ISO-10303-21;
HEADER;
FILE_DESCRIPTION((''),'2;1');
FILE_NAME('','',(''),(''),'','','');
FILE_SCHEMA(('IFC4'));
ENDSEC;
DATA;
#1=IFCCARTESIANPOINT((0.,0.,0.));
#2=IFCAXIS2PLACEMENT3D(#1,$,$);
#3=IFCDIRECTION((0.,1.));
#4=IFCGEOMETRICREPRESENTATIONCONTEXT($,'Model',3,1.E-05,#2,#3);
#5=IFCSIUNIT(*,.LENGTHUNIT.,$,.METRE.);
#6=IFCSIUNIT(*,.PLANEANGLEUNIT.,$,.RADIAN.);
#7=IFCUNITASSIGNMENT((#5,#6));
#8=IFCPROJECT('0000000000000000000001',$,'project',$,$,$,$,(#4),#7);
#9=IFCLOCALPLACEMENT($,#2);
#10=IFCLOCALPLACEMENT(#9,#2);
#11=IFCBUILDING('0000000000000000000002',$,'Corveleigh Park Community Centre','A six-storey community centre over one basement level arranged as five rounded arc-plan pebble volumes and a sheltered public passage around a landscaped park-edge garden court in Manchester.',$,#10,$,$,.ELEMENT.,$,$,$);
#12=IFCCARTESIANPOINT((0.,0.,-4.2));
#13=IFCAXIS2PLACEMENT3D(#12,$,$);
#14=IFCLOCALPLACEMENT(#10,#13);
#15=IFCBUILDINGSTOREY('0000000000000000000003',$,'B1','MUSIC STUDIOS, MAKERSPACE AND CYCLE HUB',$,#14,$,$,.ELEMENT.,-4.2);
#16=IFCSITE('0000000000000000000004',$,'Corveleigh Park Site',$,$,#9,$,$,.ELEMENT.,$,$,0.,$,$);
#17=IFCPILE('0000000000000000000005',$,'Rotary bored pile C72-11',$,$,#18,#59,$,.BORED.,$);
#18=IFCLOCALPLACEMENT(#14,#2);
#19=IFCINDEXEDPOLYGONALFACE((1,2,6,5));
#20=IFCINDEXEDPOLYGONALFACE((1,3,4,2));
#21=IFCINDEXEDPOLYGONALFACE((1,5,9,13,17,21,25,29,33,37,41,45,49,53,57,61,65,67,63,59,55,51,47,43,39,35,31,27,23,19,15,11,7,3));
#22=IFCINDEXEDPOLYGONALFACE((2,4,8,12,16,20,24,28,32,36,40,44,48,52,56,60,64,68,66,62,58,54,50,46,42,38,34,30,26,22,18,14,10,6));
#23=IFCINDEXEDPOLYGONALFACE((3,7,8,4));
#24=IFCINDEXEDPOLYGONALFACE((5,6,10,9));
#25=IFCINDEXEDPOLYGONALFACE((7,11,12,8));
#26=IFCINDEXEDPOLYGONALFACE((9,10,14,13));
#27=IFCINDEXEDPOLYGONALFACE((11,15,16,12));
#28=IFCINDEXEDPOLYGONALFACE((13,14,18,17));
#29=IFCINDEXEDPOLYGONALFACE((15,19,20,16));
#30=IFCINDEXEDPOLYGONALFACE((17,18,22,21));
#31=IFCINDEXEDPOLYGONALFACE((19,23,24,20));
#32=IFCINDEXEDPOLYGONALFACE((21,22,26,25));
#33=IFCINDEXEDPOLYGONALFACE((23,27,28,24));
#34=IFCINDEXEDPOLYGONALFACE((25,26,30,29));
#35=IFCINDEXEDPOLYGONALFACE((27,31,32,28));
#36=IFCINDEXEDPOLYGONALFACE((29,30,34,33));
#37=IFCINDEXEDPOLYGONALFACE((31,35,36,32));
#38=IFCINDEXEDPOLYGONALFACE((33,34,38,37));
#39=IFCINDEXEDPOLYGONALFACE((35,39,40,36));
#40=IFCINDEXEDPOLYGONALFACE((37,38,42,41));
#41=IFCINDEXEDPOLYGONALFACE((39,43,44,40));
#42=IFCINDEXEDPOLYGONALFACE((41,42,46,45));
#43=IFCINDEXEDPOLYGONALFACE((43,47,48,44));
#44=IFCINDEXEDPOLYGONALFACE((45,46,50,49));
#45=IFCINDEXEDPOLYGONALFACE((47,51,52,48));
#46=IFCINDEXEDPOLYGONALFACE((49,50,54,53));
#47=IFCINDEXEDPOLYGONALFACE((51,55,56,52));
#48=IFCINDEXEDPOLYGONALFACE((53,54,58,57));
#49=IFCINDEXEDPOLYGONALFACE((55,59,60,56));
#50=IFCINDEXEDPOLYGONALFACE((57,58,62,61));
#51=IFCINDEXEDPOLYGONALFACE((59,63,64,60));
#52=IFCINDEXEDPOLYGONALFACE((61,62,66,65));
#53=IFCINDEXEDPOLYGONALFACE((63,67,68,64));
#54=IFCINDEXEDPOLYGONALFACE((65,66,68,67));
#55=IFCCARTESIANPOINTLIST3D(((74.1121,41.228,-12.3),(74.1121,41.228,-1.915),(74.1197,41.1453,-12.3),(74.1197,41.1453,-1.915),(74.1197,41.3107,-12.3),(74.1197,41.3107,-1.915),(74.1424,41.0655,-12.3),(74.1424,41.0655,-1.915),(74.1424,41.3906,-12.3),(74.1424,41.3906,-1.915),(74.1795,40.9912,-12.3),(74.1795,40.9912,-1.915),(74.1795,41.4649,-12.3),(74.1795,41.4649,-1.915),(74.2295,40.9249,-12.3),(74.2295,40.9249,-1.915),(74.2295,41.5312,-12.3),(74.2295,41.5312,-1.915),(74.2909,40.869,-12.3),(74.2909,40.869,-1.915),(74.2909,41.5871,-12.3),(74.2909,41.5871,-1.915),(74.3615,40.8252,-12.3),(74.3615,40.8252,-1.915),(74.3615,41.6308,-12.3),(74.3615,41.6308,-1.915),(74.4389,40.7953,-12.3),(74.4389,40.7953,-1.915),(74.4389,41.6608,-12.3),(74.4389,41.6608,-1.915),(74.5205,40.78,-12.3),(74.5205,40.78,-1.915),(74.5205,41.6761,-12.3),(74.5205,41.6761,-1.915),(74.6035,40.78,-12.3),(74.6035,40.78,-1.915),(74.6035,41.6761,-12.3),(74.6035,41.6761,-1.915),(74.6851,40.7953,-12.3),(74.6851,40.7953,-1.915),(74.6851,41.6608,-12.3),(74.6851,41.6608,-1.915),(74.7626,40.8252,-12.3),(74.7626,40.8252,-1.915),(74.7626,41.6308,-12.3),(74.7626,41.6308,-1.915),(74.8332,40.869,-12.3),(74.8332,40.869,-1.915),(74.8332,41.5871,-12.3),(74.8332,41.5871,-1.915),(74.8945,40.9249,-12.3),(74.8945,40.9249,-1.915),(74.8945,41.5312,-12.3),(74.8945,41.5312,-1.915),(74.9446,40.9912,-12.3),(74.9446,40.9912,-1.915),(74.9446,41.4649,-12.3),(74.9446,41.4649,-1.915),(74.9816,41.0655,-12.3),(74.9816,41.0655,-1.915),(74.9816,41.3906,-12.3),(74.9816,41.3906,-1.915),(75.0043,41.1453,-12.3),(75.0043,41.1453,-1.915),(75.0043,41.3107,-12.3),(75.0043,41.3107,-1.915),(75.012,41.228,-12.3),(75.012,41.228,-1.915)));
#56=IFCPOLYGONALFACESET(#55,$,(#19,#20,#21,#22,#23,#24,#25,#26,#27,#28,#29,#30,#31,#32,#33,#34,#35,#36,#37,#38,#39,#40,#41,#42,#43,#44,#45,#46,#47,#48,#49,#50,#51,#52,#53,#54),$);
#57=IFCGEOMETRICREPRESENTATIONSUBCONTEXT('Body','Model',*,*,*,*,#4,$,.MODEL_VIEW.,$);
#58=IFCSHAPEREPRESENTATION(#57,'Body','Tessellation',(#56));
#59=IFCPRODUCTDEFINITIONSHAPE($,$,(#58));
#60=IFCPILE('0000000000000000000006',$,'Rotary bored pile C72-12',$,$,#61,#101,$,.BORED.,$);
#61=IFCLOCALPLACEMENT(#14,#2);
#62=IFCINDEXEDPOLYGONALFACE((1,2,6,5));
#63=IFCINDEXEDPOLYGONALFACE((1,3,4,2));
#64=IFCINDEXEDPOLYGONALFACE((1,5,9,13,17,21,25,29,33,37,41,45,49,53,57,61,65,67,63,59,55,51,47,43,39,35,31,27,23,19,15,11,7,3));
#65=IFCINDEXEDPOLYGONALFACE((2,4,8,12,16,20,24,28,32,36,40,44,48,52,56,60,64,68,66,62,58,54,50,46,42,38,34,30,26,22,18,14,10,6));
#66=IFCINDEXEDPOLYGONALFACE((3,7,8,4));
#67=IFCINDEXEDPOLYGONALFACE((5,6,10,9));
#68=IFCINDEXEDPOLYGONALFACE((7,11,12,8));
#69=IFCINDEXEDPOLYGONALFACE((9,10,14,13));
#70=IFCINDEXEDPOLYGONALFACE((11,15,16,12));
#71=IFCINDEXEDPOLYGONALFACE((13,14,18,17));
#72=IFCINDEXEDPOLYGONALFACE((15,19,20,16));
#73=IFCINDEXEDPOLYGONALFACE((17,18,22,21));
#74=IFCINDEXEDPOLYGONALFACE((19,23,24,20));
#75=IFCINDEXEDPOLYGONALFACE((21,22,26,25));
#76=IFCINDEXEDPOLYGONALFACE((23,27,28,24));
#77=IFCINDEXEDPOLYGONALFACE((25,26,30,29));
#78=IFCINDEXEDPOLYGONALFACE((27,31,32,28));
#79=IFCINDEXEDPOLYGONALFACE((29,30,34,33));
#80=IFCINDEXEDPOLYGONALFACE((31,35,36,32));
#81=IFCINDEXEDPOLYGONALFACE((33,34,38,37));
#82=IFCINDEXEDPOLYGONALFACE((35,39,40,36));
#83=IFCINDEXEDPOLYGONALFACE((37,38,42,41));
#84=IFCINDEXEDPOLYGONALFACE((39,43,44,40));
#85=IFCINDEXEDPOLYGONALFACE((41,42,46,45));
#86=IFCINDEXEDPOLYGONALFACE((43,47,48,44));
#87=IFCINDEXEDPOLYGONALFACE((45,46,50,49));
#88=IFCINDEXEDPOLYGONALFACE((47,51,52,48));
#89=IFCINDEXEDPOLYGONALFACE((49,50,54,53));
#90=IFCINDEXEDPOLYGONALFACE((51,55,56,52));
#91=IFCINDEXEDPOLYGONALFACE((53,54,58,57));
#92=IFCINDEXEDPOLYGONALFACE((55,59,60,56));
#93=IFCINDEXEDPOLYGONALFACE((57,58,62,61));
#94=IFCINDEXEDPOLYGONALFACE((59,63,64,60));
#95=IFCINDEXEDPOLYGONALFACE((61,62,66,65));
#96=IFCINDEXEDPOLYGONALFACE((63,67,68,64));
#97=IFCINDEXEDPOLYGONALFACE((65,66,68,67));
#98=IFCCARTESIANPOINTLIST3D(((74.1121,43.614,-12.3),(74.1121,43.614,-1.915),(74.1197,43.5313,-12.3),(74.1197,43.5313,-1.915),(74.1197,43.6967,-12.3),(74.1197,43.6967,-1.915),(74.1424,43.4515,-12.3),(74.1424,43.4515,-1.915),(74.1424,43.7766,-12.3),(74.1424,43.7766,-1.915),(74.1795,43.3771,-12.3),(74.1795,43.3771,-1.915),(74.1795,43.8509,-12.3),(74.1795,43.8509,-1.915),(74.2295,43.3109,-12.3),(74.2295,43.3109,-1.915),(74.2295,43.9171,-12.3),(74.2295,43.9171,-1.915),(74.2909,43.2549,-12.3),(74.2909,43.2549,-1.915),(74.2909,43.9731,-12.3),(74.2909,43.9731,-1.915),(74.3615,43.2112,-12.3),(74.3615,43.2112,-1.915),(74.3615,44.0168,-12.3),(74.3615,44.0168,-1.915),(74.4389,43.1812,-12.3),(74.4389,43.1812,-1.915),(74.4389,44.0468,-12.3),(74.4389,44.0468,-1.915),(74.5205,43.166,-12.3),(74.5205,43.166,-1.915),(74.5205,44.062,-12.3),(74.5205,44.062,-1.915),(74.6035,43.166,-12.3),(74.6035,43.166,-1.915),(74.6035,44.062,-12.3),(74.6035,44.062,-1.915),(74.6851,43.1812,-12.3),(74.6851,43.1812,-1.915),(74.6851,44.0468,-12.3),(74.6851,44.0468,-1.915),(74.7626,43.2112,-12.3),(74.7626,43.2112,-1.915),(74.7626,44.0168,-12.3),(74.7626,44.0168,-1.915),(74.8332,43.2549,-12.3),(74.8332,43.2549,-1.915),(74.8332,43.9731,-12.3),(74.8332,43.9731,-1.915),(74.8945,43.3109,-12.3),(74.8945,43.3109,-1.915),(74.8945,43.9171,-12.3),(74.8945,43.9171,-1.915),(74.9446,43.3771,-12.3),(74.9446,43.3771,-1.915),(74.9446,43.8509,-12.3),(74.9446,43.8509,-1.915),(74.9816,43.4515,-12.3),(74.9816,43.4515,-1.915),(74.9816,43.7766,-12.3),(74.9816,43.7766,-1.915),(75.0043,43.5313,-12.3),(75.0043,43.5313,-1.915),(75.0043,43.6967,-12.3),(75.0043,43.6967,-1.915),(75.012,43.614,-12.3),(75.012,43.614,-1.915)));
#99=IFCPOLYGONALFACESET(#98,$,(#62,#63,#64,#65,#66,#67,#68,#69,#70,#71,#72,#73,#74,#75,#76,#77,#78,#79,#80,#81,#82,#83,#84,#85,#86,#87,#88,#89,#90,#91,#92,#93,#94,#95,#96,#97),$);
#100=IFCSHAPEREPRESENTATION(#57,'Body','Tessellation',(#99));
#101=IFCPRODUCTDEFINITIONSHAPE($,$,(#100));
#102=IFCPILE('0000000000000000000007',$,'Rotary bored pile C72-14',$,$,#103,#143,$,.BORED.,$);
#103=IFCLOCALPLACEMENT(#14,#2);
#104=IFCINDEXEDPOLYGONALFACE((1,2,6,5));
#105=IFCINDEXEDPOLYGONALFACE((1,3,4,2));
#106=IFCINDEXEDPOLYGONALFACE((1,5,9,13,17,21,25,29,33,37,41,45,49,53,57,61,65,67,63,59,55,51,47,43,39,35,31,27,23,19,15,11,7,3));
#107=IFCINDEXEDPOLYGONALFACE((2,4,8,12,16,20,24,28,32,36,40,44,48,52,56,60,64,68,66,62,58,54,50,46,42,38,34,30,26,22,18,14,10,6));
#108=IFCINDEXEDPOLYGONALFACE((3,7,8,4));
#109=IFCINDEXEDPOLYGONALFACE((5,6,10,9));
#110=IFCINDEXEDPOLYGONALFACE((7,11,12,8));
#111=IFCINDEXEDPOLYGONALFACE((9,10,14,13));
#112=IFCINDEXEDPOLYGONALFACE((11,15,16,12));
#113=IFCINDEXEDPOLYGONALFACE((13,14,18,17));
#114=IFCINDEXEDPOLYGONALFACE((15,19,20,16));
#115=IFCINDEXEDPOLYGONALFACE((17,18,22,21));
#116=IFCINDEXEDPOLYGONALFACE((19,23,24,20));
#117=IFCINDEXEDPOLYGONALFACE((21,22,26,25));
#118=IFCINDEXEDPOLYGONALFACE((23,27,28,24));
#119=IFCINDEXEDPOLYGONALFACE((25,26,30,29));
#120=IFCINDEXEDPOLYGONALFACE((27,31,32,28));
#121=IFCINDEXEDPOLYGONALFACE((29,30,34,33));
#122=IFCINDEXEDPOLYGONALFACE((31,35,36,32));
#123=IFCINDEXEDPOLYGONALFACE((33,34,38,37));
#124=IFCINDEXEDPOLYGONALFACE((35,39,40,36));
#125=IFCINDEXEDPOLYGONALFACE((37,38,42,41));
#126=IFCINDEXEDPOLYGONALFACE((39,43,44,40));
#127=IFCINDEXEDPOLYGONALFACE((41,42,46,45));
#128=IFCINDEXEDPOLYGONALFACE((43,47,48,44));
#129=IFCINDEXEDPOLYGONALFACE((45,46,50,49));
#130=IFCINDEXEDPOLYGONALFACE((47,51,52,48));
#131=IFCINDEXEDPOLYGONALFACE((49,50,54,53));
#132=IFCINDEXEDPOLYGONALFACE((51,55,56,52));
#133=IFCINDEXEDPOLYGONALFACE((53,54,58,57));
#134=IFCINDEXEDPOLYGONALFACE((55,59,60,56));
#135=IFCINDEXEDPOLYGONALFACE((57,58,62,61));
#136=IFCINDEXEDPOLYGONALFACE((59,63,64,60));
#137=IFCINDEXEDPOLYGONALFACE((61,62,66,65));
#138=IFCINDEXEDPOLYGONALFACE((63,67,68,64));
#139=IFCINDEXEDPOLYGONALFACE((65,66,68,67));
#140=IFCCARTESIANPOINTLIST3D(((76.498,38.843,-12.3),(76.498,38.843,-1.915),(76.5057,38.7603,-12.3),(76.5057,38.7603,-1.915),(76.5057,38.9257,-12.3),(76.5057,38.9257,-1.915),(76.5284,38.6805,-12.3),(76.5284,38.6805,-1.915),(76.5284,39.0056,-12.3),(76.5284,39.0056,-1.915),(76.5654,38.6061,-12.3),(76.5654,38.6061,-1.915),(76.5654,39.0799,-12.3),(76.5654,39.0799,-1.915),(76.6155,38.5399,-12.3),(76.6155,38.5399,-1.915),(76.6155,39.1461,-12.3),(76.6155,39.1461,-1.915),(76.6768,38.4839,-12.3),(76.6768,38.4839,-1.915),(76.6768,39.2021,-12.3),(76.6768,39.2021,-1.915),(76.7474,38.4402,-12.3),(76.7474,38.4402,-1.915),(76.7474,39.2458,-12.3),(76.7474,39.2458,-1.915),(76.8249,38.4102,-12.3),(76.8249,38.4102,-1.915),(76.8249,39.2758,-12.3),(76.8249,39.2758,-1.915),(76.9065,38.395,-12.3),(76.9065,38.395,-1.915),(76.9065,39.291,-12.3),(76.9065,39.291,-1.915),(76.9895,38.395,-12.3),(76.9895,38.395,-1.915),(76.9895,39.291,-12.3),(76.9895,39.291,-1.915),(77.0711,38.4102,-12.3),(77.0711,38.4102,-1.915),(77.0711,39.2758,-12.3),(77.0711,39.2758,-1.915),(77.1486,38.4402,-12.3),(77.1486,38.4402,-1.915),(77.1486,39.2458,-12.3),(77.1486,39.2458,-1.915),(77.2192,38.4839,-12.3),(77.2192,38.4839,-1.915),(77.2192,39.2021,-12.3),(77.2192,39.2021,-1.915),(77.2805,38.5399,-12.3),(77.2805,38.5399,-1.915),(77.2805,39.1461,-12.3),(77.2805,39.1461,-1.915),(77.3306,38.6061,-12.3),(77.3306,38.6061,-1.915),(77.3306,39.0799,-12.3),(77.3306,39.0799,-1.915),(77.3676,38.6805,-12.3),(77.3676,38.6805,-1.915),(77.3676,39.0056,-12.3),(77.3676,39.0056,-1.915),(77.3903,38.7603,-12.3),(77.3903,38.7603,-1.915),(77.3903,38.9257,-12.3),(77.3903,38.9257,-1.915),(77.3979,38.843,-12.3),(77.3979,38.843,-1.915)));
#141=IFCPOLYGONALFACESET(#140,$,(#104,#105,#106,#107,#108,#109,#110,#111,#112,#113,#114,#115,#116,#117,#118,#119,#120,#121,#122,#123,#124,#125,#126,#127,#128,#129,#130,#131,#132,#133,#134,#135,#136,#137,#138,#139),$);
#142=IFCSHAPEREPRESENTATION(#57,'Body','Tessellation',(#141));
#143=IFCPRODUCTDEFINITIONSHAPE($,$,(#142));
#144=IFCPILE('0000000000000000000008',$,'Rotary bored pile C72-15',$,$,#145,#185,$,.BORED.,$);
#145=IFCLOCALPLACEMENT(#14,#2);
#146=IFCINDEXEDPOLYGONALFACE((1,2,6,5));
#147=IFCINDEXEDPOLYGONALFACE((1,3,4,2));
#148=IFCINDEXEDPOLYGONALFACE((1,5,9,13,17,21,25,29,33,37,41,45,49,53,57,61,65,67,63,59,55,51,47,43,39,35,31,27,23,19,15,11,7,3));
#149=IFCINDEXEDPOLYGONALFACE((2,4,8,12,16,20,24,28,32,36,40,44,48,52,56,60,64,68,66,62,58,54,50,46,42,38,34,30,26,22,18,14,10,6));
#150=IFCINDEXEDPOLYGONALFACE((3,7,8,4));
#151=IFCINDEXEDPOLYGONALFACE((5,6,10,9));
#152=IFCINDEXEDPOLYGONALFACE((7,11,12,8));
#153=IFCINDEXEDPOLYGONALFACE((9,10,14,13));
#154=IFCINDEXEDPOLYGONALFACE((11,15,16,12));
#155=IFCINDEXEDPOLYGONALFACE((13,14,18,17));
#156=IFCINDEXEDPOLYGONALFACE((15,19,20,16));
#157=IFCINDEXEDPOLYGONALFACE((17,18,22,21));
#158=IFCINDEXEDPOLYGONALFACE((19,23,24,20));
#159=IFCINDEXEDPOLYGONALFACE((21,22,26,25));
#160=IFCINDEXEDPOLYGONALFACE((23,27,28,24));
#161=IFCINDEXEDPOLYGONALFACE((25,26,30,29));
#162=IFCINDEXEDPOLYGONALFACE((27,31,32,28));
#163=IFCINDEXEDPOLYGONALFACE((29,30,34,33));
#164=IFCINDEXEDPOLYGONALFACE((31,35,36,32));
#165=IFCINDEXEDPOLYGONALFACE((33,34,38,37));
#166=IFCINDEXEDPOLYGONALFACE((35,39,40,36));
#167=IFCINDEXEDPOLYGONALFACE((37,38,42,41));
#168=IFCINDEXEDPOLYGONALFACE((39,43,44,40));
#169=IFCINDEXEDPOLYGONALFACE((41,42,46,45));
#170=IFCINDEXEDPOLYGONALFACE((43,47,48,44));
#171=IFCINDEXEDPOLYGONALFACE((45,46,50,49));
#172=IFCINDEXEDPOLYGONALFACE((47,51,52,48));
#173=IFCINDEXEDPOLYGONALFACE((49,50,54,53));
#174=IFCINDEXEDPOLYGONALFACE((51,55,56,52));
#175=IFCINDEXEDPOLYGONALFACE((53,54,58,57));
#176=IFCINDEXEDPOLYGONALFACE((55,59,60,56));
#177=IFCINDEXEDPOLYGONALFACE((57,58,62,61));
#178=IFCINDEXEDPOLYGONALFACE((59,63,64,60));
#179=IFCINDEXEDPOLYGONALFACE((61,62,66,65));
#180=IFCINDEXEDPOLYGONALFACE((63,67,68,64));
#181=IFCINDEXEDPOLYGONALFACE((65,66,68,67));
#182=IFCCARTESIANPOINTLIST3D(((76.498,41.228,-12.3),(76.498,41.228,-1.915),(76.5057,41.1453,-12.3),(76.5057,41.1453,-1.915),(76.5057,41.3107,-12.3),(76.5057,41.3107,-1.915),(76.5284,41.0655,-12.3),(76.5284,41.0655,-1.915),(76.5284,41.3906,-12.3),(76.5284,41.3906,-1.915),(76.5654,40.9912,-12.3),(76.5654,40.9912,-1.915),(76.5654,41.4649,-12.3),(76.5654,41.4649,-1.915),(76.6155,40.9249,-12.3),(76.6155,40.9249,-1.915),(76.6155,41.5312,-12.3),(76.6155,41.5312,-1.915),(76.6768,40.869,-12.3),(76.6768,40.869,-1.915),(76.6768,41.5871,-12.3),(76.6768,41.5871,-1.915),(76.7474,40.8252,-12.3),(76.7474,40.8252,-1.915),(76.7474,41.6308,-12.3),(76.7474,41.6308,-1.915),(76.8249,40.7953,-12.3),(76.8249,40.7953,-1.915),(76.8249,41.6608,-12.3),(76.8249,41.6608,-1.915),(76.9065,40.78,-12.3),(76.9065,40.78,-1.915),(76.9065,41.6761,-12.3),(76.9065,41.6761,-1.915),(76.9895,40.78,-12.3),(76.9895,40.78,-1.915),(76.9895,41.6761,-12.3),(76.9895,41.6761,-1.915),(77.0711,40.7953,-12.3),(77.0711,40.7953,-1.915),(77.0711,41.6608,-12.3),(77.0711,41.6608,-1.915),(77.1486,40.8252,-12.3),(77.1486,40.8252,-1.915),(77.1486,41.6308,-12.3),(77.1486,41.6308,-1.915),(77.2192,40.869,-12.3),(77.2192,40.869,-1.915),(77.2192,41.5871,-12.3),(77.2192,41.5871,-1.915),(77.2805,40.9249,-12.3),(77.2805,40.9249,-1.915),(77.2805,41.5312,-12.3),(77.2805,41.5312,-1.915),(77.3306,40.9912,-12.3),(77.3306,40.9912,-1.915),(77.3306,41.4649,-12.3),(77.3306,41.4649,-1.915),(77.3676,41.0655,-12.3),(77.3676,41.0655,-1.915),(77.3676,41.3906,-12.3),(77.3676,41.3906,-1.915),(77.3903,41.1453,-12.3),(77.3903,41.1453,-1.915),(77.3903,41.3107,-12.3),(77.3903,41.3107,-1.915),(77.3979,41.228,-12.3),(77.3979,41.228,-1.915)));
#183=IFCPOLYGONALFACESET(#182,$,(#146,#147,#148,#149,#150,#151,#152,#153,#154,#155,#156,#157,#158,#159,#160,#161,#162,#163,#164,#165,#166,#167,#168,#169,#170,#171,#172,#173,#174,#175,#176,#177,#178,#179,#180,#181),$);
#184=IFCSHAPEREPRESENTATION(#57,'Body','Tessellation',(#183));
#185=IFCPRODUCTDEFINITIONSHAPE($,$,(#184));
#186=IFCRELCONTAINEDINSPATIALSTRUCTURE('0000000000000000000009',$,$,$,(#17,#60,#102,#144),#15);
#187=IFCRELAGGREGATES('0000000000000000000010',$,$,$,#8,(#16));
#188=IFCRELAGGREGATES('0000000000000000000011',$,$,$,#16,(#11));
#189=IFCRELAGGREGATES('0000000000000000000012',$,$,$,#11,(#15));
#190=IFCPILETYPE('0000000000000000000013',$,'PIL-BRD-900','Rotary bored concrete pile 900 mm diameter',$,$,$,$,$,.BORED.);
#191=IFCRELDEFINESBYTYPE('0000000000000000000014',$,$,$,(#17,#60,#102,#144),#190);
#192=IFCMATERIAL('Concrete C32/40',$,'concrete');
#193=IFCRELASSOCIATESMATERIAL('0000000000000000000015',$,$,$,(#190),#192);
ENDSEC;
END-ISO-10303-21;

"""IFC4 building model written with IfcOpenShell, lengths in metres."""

from ifc_helpers import new_model, si_unit, direction, frame, origin, origin_2d, place, context, subcontext, project, spatial, circle, extrude, material, material_profile, profile_set, type_object, element, save


model = new_model("IFC4")

# Units and contexts
model_context = context("Model", 3, precision=1e-05, world=origin(), true_north=direction((0.0, 1.0)))
body_context = subcontext(model_context, "Body", "Model", "MODEL_VIEW")
ifc_project = project(units=[si_unit("LENGTHUNIT", "METRE"), si_unit("PLANEANGLEUNIT", "RADIAN")], contexts=[model_context])

# Site, building, storey
site_placement = place(None, origin())
site = spatial("IfcSite", under=ifc_project, at=site_placement, Name="Corveleigh Park Site", CompositionType="ELEMENT", RefElevation=0.0)
building_placement = place(site_placement, origin())
building = spatial("IfcBuilding", under=site, at=building_placement, Name="Corveleigh Park Community Centre", Description="A six-storey community centre over one basement level arranged as five rounded arc-plan pebble volumes and a sheltered public passage around a landscaped park-edge garden court in Manchester.", CompositionType="ELEMENT")
storey_placement = place(building_placement, frame((0.0, 0.0, -4.2)))
storey = spatial("IfcBuildingStorey", under=building, at=storey_placement, Name="B1", Description="MUSIC STUDIOS, MAKERSPACE AND CYCLE HUB", CompositionType="ELEMENT", Elevation=-4.2)

# Piles
ifc_material_1 = material(Name="Concrete C32/40", Category="concrete")
ifc_material_profile_1 = material_profile(ifc_material_1, circle(Radius=0.45, at=origin_2d()), Name="BORED-PILE-900", Category="concrete")
ifc_profile_set_1 = profile_set([ifc_material_profile_1], Name="Concrete C32/40")
pile_type = type_object("IfcPileType", Name="PIL-BRD-900", Description="Rotary bored concrete pile 900 mm diameter", PredefinedType="BORED", material=ifc_profile_set_1)
for number, where, z_axis, x_axis, name in (
    (1, (74.562, 41.228, -1.915), (0.0, 0.0, -1.0), (1.0, 0.0, 0.0), "Rotary bored pile C72-11"),
    (2, (74.562, 43.614, -1.915), (0.0, 0.0, -1.0), (1.0, 0.0, 0.0), "Rotary bored pile C72-12"),
    (3, (76.948, 38.843, -1.915), (0.0, 0.0, -1.0), (1.0, 0.0, 0.0), "Rotary bored pile C72-14"),
    (4, (76.948, 41.228, -1.915), (0.0, 0.0, -1.0), (1.0, 0.0, 0.0), "Rotary bored pile C72-15"),
):
    element("IfcPile", number, at=place(storey_placement, frame(where, z_axis=z_axis, x_axis=x_axis)), inside=storey, type_object=pile_type, Name=name, PredefinedType="BORED", context=body_context, shape_type="SweptSolid", body=[
        extrude(circle(Radius=0.45, at=origin_2d()), origin(), (0.0, 0.0, 1.0), 10.385),
    ])

save(model, "model.ifc")
